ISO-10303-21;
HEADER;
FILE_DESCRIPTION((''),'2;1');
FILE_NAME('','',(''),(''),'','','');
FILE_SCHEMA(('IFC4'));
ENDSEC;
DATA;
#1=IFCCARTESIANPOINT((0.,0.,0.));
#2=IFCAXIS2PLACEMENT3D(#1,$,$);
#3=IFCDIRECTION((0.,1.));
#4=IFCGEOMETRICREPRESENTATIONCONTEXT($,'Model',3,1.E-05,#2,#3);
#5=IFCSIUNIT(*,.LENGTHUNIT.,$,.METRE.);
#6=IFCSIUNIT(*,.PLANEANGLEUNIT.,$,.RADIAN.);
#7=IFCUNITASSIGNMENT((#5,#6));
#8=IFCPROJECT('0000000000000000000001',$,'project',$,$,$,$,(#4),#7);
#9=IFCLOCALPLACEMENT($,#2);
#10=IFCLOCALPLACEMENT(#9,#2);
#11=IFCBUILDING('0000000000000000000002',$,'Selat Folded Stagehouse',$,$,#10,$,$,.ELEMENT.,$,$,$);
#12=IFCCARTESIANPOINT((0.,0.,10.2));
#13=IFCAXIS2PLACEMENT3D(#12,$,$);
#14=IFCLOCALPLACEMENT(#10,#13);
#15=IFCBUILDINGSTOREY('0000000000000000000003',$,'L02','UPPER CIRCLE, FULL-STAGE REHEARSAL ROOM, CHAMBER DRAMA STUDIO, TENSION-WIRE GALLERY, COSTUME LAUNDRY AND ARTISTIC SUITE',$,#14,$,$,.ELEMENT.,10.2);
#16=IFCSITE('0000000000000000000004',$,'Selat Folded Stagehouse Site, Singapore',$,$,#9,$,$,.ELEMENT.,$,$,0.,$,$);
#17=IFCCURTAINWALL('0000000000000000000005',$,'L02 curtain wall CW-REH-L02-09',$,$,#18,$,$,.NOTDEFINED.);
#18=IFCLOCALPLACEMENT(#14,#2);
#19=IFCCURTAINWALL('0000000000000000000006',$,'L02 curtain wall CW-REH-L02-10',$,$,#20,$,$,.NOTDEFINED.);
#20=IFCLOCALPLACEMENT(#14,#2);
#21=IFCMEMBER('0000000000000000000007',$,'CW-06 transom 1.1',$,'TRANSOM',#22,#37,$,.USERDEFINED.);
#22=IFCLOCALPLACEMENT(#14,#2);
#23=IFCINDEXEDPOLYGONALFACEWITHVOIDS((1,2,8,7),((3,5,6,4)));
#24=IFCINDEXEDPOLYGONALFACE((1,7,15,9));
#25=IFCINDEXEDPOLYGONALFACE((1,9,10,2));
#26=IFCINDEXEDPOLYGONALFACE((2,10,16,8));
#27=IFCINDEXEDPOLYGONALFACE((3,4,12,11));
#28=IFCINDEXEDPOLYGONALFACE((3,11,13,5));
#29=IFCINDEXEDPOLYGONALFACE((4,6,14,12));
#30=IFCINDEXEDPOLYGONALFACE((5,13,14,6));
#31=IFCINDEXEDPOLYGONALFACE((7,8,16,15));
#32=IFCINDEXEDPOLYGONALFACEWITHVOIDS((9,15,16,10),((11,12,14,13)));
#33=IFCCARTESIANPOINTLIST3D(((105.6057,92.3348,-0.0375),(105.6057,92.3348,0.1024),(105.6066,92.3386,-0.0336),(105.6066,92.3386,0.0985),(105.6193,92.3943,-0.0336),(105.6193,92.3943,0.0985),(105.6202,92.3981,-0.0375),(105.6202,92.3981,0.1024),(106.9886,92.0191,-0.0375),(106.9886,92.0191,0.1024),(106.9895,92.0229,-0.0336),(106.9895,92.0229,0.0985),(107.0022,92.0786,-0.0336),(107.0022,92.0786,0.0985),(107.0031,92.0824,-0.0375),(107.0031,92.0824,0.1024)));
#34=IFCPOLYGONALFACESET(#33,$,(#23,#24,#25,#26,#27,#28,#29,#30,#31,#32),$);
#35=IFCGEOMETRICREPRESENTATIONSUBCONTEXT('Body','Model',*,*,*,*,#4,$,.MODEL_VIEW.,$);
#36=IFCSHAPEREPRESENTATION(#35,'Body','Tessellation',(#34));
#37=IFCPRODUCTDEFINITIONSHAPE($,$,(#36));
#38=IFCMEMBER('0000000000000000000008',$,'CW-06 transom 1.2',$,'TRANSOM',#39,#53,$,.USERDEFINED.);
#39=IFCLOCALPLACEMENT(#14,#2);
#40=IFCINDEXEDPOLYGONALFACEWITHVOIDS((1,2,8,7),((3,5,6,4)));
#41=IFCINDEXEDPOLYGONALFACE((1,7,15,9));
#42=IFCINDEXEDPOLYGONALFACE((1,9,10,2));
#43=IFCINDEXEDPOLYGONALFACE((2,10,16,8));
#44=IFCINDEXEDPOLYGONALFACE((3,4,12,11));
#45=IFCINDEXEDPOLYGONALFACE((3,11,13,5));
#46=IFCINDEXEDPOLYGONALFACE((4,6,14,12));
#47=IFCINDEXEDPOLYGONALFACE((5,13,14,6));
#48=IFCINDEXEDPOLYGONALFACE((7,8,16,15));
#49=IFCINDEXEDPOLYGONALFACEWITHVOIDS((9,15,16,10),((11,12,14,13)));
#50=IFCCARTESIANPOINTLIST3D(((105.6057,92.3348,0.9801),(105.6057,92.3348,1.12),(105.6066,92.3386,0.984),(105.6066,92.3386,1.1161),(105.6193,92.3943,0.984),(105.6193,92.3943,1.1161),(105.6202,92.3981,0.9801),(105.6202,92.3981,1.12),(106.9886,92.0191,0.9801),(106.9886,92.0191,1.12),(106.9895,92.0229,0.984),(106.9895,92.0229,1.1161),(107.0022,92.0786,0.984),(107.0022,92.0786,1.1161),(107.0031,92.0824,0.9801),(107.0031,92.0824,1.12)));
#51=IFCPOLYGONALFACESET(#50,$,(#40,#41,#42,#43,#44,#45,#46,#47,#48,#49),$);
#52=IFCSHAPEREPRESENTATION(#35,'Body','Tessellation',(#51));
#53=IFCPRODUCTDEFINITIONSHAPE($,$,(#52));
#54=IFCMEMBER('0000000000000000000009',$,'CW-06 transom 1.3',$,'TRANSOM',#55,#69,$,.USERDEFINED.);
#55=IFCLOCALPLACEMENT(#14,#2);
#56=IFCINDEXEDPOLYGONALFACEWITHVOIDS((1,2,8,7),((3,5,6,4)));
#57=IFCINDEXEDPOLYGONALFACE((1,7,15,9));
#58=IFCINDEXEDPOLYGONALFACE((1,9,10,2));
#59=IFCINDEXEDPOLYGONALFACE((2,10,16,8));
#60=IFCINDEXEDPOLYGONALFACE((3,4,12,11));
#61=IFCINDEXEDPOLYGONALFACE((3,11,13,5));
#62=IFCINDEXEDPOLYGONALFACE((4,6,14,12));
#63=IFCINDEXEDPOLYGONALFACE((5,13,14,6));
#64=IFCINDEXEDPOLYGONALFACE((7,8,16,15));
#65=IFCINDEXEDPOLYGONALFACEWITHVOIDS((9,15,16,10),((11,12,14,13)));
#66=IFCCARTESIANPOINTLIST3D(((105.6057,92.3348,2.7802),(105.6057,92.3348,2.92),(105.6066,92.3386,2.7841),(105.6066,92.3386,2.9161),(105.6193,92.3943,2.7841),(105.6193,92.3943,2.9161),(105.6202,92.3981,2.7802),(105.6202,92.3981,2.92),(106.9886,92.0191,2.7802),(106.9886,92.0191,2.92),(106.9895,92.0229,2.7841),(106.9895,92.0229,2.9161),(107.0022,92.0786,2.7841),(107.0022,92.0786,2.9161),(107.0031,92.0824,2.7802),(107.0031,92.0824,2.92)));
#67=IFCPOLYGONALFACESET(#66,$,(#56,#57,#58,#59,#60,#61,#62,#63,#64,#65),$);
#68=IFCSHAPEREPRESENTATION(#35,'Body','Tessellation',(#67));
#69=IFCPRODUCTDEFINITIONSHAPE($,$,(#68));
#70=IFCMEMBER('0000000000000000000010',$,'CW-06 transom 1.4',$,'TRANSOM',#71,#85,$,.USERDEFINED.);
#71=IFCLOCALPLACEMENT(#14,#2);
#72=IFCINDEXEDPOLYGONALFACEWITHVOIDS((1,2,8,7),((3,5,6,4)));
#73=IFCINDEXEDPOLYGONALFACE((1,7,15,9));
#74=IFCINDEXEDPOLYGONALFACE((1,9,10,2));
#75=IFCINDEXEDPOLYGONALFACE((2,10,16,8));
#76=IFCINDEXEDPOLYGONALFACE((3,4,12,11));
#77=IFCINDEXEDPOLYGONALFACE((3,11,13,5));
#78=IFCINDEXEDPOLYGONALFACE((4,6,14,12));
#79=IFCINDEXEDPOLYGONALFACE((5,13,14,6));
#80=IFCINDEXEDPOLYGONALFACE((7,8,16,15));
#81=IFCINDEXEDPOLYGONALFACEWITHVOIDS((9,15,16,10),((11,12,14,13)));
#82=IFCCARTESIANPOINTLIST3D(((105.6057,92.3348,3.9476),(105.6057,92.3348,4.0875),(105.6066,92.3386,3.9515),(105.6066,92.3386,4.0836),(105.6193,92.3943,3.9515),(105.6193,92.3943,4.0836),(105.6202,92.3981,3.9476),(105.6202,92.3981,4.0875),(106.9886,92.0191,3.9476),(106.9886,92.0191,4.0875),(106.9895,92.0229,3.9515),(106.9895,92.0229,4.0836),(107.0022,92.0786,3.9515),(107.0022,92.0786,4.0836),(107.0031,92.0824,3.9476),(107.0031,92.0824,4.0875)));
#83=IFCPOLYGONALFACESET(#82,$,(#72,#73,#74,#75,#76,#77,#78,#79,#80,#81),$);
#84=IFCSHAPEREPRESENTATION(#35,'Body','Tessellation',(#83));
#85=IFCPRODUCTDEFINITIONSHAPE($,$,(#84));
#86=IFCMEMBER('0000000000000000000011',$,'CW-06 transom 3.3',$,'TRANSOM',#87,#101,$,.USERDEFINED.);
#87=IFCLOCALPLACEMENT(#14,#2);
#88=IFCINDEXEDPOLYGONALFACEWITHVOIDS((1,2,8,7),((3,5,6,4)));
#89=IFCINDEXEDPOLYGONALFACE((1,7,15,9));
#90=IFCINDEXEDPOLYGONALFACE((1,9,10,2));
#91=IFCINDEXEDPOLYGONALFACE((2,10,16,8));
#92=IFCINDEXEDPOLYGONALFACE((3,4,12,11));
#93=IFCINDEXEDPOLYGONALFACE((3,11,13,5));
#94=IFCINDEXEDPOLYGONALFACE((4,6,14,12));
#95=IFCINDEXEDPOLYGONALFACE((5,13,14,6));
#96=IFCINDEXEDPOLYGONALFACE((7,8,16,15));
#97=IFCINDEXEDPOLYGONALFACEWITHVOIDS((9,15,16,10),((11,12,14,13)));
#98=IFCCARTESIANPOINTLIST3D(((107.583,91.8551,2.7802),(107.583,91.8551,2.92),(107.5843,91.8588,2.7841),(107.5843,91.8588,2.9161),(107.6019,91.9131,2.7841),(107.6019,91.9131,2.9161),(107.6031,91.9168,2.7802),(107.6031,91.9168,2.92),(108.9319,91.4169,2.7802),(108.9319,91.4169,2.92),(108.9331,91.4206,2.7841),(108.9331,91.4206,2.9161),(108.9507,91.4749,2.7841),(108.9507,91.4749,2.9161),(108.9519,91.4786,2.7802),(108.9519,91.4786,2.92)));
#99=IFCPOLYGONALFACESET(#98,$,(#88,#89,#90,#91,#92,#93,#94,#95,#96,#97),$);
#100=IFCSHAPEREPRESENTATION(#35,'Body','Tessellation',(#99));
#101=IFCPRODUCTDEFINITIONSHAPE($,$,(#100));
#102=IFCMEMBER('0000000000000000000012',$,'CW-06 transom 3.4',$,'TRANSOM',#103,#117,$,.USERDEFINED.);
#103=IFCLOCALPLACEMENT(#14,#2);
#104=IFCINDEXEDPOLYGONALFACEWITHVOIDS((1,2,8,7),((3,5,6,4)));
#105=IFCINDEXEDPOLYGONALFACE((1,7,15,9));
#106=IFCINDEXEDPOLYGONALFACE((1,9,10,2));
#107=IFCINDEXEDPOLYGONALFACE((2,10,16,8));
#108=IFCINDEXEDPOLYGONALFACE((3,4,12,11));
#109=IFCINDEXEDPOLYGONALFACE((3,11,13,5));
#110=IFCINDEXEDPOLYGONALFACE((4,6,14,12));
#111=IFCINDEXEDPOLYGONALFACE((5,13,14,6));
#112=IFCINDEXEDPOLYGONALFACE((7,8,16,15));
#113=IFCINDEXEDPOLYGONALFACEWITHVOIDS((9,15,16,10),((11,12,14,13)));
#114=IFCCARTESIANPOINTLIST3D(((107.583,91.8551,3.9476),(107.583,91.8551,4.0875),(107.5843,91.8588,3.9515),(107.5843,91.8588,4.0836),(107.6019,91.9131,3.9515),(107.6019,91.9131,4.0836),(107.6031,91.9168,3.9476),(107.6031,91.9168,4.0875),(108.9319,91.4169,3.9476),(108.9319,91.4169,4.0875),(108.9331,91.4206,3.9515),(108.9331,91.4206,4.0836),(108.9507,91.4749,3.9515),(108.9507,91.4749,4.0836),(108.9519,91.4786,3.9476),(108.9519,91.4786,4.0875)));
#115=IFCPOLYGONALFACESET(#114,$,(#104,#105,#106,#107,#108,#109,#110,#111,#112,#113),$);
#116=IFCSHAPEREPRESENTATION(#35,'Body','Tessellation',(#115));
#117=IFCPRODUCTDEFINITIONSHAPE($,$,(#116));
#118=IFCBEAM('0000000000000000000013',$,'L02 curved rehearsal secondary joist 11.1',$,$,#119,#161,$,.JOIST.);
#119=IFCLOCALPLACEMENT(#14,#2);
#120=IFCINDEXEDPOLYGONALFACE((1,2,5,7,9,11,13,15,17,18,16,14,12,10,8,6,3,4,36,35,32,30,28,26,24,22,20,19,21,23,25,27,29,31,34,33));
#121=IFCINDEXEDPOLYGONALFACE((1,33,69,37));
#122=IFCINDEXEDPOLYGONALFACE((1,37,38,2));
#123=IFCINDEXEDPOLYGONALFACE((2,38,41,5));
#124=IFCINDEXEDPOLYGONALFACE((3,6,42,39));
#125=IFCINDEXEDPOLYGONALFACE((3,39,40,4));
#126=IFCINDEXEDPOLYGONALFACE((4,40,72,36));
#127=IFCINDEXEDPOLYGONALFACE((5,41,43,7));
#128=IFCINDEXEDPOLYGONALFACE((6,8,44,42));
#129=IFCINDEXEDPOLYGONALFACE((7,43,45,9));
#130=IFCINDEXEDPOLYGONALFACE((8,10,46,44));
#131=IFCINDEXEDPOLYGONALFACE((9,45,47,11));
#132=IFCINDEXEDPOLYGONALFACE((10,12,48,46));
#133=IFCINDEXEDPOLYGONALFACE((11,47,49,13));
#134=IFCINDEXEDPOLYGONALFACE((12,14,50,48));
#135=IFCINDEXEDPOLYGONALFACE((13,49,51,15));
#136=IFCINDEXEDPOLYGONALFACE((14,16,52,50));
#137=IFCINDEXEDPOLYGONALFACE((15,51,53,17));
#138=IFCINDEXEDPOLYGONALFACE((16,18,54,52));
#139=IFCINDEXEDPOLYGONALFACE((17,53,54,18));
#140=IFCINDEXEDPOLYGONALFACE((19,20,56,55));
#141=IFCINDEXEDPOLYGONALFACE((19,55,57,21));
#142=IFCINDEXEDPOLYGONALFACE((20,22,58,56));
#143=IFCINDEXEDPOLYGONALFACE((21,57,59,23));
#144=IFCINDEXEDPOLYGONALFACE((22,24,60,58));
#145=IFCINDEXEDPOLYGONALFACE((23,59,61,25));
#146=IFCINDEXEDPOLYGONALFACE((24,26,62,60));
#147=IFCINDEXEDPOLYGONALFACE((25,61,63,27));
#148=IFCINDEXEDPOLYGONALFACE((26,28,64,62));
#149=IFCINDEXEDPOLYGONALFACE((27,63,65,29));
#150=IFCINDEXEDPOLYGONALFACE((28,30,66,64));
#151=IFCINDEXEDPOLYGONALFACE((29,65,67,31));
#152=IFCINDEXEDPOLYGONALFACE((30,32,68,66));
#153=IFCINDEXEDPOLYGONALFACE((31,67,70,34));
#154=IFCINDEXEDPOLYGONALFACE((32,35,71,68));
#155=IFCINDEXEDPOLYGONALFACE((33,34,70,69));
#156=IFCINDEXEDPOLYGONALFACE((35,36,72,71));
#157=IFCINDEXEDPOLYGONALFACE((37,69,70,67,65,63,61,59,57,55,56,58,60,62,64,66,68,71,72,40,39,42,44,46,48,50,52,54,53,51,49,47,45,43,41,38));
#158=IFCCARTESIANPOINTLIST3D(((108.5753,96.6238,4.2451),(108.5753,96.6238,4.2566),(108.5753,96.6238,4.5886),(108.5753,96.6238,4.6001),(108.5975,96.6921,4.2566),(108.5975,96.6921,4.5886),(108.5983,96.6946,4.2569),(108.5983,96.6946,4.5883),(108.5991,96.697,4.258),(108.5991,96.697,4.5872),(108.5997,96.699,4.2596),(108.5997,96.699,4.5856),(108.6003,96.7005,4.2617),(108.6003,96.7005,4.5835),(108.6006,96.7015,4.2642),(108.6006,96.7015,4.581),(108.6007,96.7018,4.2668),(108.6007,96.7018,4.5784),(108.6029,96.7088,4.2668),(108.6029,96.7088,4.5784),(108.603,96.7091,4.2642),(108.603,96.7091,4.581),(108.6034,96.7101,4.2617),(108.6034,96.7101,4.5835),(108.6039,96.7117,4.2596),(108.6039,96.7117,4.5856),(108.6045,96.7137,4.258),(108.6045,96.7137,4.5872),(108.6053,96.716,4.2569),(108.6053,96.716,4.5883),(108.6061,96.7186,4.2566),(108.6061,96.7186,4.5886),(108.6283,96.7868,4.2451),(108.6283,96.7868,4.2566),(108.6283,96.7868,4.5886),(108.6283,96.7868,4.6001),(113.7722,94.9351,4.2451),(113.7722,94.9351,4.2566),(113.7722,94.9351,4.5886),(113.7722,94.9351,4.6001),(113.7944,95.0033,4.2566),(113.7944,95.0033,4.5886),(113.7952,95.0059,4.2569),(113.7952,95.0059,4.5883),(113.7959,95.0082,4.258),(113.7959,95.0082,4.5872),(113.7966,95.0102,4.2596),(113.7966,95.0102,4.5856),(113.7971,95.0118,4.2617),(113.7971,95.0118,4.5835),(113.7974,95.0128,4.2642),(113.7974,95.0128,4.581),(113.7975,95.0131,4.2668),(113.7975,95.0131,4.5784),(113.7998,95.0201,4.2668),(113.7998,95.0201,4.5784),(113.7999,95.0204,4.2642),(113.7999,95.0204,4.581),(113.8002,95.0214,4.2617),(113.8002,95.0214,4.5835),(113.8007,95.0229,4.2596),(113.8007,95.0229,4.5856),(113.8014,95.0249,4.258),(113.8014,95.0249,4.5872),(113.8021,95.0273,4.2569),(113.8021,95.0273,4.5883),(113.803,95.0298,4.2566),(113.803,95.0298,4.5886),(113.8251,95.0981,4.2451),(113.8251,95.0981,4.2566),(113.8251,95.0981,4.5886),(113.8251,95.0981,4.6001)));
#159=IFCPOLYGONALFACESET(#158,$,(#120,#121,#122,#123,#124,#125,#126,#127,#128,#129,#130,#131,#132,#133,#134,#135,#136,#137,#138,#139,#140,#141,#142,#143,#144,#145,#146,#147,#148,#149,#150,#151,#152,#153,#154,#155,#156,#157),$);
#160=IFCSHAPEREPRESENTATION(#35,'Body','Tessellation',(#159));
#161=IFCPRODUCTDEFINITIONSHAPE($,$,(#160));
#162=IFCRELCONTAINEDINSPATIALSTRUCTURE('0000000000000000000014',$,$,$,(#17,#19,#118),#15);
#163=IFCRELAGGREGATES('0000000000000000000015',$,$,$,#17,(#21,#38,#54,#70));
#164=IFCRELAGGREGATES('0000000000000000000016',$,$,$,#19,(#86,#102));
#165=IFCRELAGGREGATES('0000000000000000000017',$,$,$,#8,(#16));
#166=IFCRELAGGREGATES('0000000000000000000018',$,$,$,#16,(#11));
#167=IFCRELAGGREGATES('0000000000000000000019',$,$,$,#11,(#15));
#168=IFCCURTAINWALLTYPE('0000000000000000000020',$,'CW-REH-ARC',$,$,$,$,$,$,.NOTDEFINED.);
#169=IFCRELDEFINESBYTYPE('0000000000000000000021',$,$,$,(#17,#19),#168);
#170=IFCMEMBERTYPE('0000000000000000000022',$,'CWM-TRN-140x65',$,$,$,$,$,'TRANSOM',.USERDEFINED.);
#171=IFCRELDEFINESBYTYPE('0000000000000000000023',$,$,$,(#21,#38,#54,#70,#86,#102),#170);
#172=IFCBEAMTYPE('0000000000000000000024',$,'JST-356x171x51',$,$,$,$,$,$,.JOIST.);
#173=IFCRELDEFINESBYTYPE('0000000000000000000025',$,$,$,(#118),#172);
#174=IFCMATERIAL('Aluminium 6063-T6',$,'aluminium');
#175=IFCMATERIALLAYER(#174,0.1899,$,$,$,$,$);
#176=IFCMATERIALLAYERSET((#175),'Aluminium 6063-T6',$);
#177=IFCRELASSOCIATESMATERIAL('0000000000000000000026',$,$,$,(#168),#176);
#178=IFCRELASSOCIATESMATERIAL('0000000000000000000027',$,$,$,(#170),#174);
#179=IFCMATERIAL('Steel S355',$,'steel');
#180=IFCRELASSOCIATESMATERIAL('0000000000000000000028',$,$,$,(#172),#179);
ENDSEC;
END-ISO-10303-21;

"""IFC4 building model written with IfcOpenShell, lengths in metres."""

from ifc_helpers import new_model, si_unit, direction, frame, origin, origin_2d, place, context, subcontext, project, spatial, hollow_rectangle, i_section, extrude, material, layer, layer_set, material_profile, profile_set, type_object, element, aggregate, save


model = new_model("IFC4")

# Units and contexts
model_context = context("Model", 3, precision=1e-05, world=origin(), true_north=direction((0.0, 1.0)))
body_context = subcontext(model_context, "Body", "Model", "MODEL_VIEW")
ifc_project = project(units=[si_unit("LENGTHUNIT", "METRE"), si_unit("PLANEANGLEUNIT", "RADIAN")], contexts=[model_context])

# Site, building, storey
site_placement = place(None, origin())
site = spatial("IfcSite", under=ifc_project, at=site_placement, Name="Selat Folded Stagehouse Site, Singapore", CompositionType="ELEMENT", RefElevation=0.0)
building_placement = place(site_placement, origin())
building = spatial("IfcBuilding", under=site, at=building_placement, Name="Selat Folded Stagehouse", CompositionType="ELEMENT")
storey_placement = place(building_placement, frame((0.0, 0.0, 10.2)))
storey = spatial("IfcBuildingStorey", under=building, at=storey_placement, Name="L02", Description="UPPER CIRCLE, FULL-STAGE REHEARSAL ROOM, CHAMBER DRAMA STUDIO, TENSION-WIRE GALLERY, COSTUME LAUNDRY AND ARTISTIC SUITE", CompositionType="ELEMENT", Elevation=10.2)

# Shared definitions
ifc_material_1 = material(Name="Steel S355", Category="steel")

# Curtain walls
ifc_material_2 = material(Name="Aluminium 6063-T6", Category="aluminium")
ifc_layer_1 = layer(ifc_material_2, 0.1899)
ifc_layer_set_1 = layer_set([ifc_layer_1], Name="Aluminium 6063-T6")
curtain_wall_type = type_object("IfcCurtainWallType", Name="CW-REH-ARC", PredefinedType="NOTDEFINED", material=ifc_layer_set_1)
curtain_wall_1_placement = place(storey_placement, origin())
curtain_wall_1 = element("IfcCurtainWall", 1, at=curtain_wall_1_placement, inside=storey, type_object=curtain_wall_type, Name="L02 curtain wall CW-REH-L02-09", PredefinedType="NOTDEFINED")
curtain_wall_2_placement = place(storey_placement, origin())
curtain_wall_2 = element("IfcCurtainWall", 2, at=curtain_wall_2_placement, inside=storey, type_object=curtain_wall_type, Name="L02 curtain wall CW-REH-L02-10", PredefinedType="NOTDEFINED")

# Members
ifc_material_profile_1 = material_profile(ifc_material_2, hollow_rectangle(XDim=0.0649, YDim=0.1399, WallThickness=0.0039, at=origin_2d()), Name="ALU 140x65x4.0")
ifc_profile_set_1 = profile_set([ifc_material_profile_1], Name="Aluminium 6063-T6")
member_type_1 = type_object("IfcMemberType", Name="CWM-TRN-140x65", ElementType="TRANSOM", PredefinedType="USERDEFINED", material=ifc_profile_set_1)
member_1_placement = place(storey_placement, frame((106.9958, 92.0508, 0.0325), z_axis=(-0.974919, 0.222558, 0.0), x_axis=(-0.222558, -0.974919, 0.0)))
member_1 = element("IfcMember", 3, at=member_1_placement, type_object=member_type_1, Name="CW-06 transom 1.1", ObjectType="TRANSOM", PredefinedType="USERDEFINED", context=body_context, shape_type="SweptSolid", body=[
    extrude(hollow_rectangle(XDim=0.0649, YDim=0.1399, WallThickness=0.0039, at=origin_2d()), origin(), (0.0, 0.0, 1.0), 1.4185),
])
member_2_placement = place(storey_placement, frame((106.9958, 92.0508, 1.05), z_axis=(-0.974919, 0.222558, 0.0), x_axis=(-0.222558, -0.974919, 0.0)))
member_2 = element("IfcMember", 4, at=member_2_placement, type_object=member_type_1, Name="CW-06 transom 1.2", ObjectType="TRANSOM", PredefinedType="USERDEFINED", context=body_context, shape_type="SweptSolid", body=[
    extrude(hollow_rectangle(XDim=0.0649, YDim=0.1399, WallThickness=0.0039, at=origin_2d()), origin(), (0.0, 0.0, 1.0), 1.4185),
])
member_3_placement = place(storey_placement, frame((106.9958, 92.0508, 2.8501), z_axis=(-0.974919, 0.222558, 0.0), x_axis=(-0.222558, -0.974919, 0.0)))
member_3 = element("IfcMember", 5, at=member_3_placement, type_object=member_type_1, Name="CW-06 transom 1.3", ObjectType="TRANSOM", PredefinedType="USERDEFINED", context=body_context, shape_type="SweptSolid", body=[
    extrude(hollow_rectangle(XDim=0.0649, YDim=0.1399, WallThickness=0.0039, at=origin_2d()), origin(), (0.0, 0.0, 1.0), 1.4185),
])
member_4_placement = place(storey_placement, frame((106.9958, 92.0508, 4.0176), z_axis=(-0.974919, 0.222558, 0.0), x_axis=(-0.222558, -0.974919, 0.0)))
member_4 = element("IfcMember", 6, at=member_4_placement, type_object=member_type_1, Name="CW-06 transom 1.4", ObjectType="TRANSOM", PredefinedType="USERDEFINED", context=body_context, shape_type="SweptSolid", body=[
    extrude(hollow_rectangle(XDim=0.0649, YDim=0.1399, WallThickness=0.0039, at=origin_2d()), origin(), (0.0, 0.0, 1.0), 1.4185),
])
aggregate(curtain_wall_1, [member_1, member_2, member_3, member_4])
member_5_placement = place(storey_placement, frame((108.9419, 91.4478, 2.8501), z_axis=(-0.951066, 0.308989, 0.0), x_axis=(-0.308989, -0.951066, 0.0)))
member_5 = element("IfcMember", 7, at=member_5_placement, type_object=member_type_1, Name="CW-06 transom 3.3", ObjectType="TRANSOM", PredefinedType="USERDEFINED", context=body_context, shape_type="SweptSolid", body=[
    extrude(hollow_rectangle(XDim=0.0649, YDim=0.1399, WallThickness=0.0039, at=origin_2d()), origin(), (0.0, 0.0, 1.0), 1.4182),
])
member_6_placement = place(storey_placement, frame((108.9419, 91.4478, 4.0176), z_axis=(-0.951066, 0.308989, 0.0), x_axis=(-0.308989, -0.951066, 0.0)))
member_6 = element("IfcMember", 8, at=member_6_placement, type_object=member_type_1, Name="CW-06 transom 3.4", ObjectType="TRANSOM", PredefinedType="USERDEFINED", context=body_context, shape_type="SweptSolid", body=[
    extrude(hollow_rectangle(XDim=0.0649, YDim=0.1399, WallThickness=0.0039, at=origin_2d()), origin(), (0.0, 0.0, 1.0), 1.4182),
])

# Beam
ifc_material_profile_2 = material_profile(ifc_material_1, i_section(OverallWidth=0.1714, OverallDepth=0.355, WebThickness=0.0073, FlangeThickness=0.0115, FilletRadius=0.0103, at=origin_2d()), Name="UKB 356x171x51")
ifc_profile_set_2 = profile_set([ifc_material_profile_2], Name="Steel S355")
beam_type_1 = type_object("IfcBeamType", Name="JST-356x171x51", PredefinedType="JOIST", material=ifc_profile_set_2)
beam_1_placement = place(storey_placement, frame((108.6018, 96.7053, 4.4226), z_axis=(0.951047, -0.309048, 0.0), x_axis=(0.309048, 0.951047, 0.0)))
element("IfcBeam", 9, at=beam_1_placement, inside=storey, type_object=beam_type_1, Name="L02 curved rehearsal secondary joist 11.1", PredefinedType="JOIST", context=body_context, shape_type="SweptSolid", body=[
    extrude(i_section(OverallWidth=0.1714, OverallDepth=0.355, WebThickness=0.0073, FlangeThickness=0.0115, FilletRadius=0.0103, at=origin_2d()), origin(), (0.0, 0.0, 1.0), 5.4644),
])

aggregate(curtain_wall_2, [member_5, member_6])

save(model, "model.ifc")
